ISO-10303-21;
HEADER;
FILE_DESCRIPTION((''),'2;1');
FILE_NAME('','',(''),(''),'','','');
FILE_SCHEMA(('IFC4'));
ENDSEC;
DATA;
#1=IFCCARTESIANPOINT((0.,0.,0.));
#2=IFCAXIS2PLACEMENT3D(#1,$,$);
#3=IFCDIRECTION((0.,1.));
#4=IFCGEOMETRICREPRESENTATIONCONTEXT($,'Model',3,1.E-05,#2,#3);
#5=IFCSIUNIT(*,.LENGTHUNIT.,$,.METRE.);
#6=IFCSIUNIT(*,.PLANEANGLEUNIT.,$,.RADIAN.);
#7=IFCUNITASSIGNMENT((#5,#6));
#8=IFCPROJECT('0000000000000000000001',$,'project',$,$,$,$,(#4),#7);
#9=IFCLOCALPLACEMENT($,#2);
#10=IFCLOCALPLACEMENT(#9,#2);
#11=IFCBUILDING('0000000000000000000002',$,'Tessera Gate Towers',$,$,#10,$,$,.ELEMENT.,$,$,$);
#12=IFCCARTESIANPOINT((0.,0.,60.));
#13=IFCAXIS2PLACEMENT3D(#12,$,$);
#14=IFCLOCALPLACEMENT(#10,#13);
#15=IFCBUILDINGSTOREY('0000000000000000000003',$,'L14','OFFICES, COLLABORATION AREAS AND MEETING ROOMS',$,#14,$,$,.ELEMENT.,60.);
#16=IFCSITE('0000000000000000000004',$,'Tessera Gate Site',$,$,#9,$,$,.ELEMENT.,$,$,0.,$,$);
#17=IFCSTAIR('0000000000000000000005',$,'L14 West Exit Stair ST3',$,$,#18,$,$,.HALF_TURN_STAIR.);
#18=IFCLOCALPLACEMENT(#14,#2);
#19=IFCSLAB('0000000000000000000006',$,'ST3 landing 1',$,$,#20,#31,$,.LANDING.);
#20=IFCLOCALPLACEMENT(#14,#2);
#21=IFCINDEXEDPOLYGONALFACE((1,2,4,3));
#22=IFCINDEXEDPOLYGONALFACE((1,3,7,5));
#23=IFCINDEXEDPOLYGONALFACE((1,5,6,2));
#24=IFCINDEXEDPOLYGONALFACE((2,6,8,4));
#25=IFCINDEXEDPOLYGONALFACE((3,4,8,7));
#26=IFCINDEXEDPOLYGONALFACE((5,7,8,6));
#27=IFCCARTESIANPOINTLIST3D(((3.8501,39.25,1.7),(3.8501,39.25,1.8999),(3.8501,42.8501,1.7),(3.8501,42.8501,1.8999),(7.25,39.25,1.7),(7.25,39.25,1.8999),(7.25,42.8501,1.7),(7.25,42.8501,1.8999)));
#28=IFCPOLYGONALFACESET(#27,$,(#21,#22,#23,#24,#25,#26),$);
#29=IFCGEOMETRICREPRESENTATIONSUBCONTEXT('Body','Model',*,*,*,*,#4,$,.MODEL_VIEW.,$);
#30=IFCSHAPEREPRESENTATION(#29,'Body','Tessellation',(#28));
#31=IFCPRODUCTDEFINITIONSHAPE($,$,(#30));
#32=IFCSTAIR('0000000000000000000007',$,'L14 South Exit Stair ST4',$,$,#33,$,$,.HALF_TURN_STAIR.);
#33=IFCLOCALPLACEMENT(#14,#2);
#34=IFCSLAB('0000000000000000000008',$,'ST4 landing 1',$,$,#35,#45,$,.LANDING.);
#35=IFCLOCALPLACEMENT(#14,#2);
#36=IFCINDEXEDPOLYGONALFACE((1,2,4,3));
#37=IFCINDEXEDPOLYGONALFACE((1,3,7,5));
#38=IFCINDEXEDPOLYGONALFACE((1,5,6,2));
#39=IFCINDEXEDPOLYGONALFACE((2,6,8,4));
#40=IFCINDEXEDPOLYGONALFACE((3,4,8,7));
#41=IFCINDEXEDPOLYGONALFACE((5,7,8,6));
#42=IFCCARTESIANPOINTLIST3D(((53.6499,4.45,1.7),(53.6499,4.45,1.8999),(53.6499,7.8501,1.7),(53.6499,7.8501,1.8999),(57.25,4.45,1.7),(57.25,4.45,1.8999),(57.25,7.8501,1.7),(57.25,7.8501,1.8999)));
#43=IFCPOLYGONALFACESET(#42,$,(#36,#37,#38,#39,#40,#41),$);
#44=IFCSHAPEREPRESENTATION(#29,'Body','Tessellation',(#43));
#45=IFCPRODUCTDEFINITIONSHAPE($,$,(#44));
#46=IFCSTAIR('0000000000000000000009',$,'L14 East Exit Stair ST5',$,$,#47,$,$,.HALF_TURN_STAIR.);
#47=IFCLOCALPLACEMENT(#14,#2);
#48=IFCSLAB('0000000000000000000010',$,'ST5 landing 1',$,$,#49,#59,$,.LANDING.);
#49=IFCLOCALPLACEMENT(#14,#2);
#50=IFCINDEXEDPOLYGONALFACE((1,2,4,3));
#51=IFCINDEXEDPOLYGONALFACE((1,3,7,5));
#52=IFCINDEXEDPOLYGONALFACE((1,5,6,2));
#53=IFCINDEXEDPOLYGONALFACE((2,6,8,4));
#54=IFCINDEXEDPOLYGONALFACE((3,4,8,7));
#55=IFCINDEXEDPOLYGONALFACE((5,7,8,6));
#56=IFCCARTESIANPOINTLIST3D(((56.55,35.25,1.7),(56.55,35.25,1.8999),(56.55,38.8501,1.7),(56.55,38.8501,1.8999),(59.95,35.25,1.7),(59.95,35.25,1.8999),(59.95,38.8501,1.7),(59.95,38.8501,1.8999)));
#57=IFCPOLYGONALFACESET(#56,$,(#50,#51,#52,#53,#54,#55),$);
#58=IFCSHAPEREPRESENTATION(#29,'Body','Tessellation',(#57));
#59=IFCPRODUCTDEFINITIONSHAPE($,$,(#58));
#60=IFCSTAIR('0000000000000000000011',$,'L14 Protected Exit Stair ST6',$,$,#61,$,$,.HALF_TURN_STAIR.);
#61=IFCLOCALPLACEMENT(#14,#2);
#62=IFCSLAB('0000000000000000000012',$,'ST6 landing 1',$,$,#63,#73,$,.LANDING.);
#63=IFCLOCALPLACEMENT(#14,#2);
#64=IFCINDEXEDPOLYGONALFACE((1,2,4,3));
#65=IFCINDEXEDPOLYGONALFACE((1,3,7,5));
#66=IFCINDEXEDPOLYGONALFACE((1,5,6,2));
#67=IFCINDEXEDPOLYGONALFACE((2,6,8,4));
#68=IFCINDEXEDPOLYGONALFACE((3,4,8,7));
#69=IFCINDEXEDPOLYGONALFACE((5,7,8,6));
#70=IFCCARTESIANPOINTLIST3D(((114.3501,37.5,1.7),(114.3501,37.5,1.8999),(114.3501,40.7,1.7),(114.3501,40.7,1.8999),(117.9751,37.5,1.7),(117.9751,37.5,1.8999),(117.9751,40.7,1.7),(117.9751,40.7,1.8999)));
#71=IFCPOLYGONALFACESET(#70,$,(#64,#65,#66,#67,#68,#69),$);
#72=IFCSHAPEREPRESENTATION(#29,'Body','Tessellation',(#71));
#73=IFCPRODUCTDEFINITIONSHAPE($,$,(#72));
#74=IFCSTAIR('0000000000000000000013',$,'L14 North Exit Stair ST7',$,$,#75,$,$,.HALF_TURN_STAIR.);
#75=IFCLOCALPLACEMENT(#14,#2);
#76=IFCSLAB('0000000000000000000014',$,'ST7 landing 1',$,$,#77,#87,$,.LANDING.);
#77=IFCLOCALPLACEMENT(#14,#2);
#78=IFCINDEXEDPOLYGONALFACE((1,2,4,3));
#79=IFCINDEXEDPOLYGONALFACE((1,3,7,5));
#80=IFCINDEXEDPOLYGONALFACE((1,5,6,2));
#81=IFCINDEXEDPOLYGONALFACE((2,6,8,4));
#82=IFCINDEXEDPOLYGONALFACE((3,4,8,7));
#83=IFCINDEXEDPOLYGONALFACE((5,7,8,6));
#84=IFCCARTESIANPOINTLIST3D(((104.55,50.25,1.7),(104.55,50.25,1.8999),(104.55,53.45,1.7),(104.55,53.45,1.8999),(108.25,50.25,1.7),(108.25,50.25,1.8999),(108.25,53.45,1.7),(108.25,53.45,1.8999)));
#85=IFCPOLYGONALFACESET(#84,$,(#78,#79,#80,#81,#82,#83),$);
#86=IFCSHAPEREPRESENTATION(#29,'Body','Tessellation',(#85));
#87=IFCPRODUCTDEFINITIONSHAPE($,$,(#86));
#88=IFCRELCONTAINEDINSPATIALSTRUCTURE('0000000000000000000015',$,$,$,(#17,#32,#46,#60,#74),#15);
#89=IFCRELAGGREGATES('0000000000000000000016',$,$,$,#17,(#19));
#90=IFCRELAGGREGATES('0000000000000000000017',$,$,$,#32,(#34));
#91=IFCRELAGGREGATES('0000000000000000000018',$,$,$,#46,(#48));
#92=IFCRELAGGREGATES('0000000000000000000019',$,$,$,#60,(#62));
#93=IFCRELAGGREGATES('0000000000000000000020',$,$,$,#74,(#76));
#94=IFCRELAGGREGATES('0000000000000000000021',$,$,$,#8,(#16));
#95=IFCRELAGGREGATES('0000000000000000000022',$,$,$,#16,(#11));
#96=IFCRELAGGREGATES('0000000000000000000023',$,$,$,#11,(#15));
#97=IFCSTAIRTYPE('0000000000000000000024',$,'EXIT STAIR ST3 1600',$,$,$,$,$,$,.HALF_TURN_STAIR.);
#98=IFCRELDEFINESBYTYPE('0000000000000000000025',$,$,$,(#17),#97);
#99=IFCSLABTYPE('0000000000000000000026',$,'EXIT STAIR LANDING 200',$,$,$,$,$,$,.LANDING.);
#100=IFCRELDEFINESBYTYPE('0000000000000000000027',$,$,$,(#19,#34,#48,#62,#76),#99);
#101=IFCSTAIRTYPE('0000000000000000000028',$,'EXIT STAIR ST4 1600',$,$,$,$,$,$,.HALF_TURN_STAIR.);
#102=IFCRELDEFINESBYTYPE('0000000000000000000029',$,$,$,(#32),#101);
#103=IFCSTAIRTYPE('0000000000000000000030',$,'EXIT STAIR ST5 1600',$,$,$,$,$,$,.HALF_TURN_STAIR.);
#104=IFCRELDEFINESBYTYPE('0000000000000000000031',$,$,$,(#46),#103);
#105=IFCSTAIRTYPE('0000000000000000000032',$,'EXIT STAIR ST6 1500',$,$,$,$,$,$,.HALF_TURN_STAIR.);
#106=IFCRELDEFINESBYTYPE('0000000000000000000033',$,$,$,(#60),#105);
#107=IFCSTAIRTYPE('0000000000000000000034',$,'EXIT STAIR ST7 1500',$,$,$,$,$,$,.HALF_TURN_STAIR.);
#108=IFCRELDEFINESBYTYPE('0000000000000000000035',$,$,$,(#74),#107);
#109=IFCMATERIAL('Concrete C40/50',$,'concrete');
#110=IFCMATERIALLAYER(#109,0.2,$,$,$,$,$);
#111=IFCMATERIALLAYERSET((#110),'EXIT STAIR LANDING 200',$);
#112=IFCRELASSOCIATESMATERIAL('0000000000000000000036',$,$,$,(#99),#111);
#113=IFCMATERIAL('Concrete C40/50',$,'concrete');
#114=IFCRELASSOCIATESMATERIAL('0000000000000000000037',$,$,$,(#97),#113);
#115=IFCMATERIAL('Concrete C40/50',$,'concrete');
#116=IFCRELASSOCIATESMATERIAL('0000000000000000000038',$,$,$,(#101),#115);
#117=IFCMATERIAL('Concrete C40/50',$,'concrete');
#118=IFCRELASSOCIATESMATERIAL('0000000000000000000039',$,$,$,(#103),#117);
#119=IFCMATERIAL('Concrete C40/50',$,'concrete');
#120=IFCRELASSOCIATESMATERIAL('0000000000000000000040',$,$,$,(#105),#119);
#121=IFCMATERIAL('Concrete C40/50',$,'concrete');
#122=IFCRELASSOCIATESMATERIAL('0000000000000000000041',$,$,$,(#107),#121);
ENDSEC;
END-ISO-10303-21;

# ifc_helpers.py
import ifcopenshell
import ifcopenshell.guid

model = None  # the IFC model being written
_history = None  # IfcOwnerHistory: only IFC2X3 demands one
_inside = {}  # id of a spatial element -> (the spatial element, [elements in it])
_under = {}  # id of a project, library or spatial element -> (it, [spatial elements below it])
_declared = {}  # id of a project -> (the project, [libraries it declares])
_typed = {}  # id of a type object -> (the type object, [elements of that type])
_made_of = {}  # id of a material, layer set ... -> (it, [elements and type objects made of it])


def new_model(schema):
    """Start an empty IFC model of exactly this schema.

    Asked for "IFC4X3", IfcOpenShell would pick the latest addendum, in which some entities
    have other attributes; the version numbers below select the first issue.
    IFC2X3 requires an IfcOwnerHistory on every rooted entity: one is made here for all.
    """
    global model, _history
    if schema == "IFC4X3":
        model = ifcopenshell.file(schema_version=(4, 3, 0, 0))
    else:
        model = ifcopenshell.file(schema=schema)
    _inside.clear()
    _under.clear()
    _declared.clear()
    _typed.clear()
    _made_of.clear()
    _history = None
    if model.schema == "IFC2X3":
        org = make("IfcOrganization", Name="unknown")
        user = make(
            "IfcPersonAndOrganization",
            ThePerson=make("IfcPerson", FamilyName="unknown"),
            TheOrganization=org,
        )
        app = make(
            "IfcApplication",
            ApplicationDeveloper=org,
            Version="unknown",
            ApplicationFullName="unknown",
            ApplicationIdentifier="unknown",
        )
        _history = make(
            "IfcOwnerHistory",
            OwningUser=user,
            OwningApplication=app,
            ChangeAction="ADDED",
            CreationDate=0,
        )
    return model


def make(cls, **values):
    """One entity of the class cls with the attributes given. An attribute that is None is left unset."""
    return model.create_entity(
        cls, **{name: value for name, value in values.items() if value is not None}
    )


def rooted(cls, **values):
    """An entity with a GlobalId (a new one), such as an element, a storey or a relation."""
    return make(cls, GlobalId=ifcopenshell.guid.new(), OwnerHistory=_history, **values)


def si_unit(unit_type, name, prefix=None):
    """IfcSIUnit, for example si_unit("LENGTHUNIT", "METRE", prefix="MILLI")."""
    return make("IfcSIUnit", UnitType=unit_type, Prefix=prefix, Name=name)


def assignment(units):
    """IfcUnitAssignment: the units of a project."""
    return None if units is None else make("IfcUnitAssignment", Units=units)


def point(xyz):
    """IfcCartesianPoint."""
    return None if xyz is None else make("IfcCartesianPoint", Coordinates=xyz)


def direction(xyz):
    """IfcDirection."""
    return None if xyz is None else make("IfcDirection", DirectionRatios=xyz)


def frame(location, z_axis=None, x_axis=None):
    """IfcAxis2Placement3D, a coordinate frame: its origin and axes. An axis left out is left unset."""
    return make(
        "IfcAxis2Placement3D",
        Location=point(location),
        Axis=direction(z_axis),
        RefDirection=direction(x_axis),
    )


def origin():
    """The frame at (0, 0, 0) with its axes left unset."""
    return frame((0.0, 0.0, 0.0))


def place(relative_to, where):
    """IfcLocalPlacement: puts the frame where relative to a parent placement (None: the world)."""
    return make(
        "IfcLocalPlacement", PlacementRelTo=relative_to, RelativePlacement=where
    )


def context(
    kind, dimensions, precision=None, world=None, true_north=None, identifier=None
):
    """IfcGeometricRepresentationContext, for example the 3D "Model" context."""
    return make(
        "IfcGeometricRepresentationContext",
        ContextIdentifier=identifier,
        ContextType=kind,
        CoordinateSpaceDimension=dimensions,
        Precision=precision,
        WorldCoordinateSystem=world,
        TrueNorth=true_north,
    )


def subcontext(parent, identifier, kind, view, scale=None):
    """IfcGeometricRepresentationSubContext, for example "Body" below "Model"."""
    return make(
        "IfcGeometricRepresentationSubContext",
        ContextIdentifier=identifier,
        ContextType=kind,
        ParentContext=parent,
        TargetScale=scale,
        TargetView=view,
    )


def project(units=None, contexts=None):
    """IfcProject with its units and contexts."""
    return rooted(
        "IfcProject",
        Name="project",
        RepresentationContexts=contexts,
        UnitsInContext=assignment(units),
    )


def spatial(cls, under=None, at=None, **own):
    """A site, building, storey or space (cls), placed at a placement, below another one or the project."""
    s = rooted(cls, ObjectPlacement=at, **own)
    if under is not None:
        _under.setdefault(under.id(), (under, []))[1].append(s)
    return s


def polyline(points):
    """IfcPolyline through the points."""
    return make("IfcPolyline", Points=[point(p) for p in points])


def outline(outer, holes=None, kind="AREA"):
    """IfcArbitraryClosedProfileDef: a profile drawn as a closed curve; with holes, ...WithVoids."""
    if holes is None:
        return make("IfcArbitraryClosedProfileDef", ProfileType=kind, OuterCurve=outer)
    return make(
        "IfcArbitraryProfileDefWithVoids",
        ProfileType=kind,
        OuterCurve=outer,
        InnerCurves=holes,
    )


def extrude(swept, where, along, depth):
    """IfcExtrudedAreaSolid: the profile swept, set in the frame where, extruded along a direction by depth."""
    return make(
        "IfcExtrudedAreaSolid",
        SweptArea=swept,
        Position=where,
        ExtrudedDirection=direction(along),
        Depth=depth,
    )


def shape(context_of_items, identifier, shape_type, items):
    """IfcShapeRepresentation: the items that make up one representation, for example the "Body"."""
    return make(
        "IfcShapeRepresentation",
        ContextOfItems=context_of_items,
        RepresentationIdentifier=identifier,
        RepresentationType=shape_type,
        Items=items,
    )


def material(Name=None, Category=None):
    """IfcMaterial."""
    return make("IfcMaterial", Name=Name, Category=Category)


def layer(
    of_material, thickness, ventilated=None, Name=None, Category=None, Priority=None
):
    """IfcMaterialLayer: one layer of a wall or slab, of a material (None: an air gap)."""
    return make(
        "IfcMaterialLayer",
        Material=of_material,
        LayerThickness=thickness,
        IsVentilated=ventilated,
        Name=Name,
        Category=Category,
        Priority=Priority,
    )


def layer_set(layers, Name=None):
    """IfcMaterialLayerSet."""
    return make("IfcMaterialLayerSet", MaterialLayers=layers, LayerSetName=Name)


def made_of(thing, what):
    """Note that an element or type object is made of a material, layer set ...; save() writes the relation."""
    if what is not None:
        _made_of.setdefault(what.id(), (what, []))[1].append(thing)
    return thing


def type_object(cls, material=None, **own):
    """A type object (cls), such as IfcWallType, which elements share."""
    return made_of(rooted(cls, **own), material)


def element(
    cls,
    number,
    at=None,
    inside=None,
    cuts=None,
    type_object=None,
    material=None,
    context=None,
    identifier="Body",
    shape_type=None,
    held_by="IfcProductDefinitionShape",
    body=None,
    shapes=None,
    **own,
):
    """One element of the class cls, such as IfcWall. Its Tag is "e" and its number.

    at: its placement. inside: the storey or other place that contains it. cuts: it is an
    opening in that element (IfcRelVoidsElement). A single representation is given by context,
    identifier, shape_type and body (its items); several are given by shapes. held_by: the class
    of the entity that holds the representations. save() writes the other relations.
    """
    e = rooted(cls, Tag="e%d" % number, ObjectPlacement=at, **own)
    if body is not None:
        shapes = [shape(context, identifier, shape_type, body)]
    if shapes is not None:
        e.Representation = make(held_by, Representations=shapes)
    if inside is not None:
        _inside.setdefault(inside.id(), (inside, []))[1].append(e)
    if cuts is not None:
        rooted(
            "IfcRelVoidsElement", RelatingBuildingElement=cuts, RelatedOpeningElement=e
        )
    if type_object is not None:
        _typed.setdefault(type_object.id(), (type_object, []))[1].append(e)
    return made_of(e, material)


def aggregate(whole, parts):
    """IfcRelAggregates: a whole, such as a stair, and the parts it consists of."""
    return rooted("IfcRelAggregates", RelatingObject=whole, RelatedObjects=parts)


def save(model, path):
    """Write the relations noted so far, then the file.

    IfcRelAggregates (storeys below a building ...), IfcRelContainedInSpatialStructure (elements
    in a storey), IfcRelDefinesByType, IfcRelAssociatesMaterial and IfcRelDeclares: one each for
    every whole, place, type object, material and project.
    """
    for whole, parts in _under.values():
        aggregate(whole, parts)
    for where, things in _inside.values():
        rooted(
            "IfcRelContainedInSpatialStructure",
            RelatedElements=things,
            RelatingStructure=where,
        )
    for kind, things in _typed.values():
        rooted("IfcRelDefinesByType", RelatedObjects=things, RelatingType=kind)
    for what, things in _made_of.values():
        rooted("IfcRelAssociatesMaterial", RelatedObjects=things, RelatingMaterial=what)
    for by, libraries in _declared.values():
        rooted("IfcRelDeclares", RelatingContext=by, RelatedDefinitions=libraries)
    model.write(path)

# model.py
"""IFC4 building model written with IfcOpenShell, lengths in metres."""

from ifc_helpers import new_model, si_unit, direction, frame, origin, place, context, subcontext, project, spatial, polyline, outline, extrude, material, layer, layer_set, type_object, element, aggregate, save


model = new_model("IFC4")

# Units and contexts
model_context = context("Model", 3, precision=1e-05, world=origin(), true_north=direction((0.0, 1.0)))
body_context = subcontext(model_context, "Body", "Model", "MODEL_VIEW")
ifc_project = project(units=[si_unit("LENGTHUNIT", "METRE"), si_unit("PLANEANGLEUNIT", "RADIAN")], contexts=[model_context])

# Site, building, storey
site_placement = place(None, origin())
site = spatial("IfcSite", under=ifc_project, at=site_placement, Name="Tessera Gate Site", CompositionType="ELEMENT", RefElevation=0.0)
building_placement = place(site_placement, origin())
building = spatial("IfcBuilding", under=site, at=building_placement, Name="Tessera Gate Towers", CompositionType="ELEMENT")
storey_placement = place(building_placement, frame((0.0, 0.0, 60.0)))
storey = spatial("IfcBuildingStorey", under=building, at=storey_placement, Name="L14", Description="OFFICES, COLLABORATION AREAS AND MEETING ROOMS", CompositionType="ELEMENT", Elevation=60.0)

# Stairs, slabs
ifc_material_1 = material(Name="Concrete C40/50", Category="concrete")
ifc_layer_1 = layer(ifc_material_1, 0.2)
ifc_layer_set_1 = layer_set([ifc_layer_1], Name="EXIT STAIR LANDING 200")
slab_type_1 = type_object("IfcSlabType", Name="EXIT STAIR LANDING 200", PredefinedType="LANDING", material=ifc_layer_set_1)
ifc_material_2 = material(Name="Concrete C40/50", Category="concrete")
stair_type_1 = type_object("IfcStairType", Name="EXIT STAIR ST3 1600", PredefinedType="HALF_TURN_STAIR", material=ifc_material_2)
stair_1_placement = place(storey_placement, origin())
stair_1 = element("IfcStair", 1, at=stair_1_placement, inside=storey, type_object=stair_type_1, Name="L14 West Exit Stair ST3", PredefinedType="HALF_TURN_STAIR")
slab_1_placement = place(storey_placement, frame((0.0, 0.0, 1.7)))
slab_1 = element("IfcSlab", 2, at=slab_1_placement, type_object=slab_type_1, Name="ST3 landing 1", PredefinedType="LANDING", context=body_context, shape_type="SweptSolid", body=[
    extrude(outline(polyline([(3.8501, 42.8501), (3.8501, 39.25), (7.25, 39.25), (7.25, 42.8501), (3.8501, 42.8501)])), origin(), (0.0, 0.0, 1.0), 0.2),
])
aggregate(stair_1, [slab_1])
ifc_material_3 = material(Name="Concrete C40/50", Category="concrete")
stair_type_2 = type_object("IfcStairType", Name="EXIT STAIR ST4 1600", PredefinedType="HALF_TURN_STAIR", material=ifc_material_3)
stair_2_placement = place(storey_placement, origin())
stair_2 = element("IfcStair", 3, at=stair_2_placement, inside=storey, type_object=stair_type_2, Name="L14 South Exit Stair ST4", PredefinedType="HALF_TURN_STAIR")
slab_2_placement = place(storey_placement, frame((0.0, 0.0, 1.7)))
slab_2 = element("IfcSlab", 4, at=slab_2_placement, type_object=slab_type_1, Name="ST4 landing 1", PredefinedType="LANDING", context=body_context, shape_type="SweptSolid", body=[
    extrude(outline(polyline([(53.6499, 4.45), (57.25, 4.45), (57.25, 7.8501), (53.6499, 7.8501), (53.6499, 4.45)])), origin(), (0.0, 0.0, 1.0), 0.2),
])
aggregate(stair_2, [slab_2])
ifc_material_4 = material(Name="Concrete C40/50", Category="concrete")
stair_type_3 = type_object("IfcStairType", Name="EXIT STAIR ST5 1600", PredefinedType="HALF_TURN_STAIR", material=ifc_material_4)
stair_3_placement = place(storey_placement, origin())
stair_3 = element("IfcStair", 5, at=stair_3_placement, inside=storey, type_object=stair_type_3, Name="L14 East Exit Stair ST5", PredefinedType="HALF_TURN_STAIR")
slab_3_placement = place(storey_placement, frame((0.0, 0.0, 1.7)))
slab_3 = element("IfcSlab", 6, at=slab_3_placement, type_object=slab_type_1, Name="ST5 landing 1", PredefinedType="LANDING", context=body_context, shape_type="SweptSolid", body=[
    extrude(outline(polyline([(59.95, 35.25), (59.95, 38.8501), (56.55, 38.8501), (56.55, 35.25), (59.95, 35.25)])), origin(), (0.0, 0.0, 1.0), 0.2),
])
aggregate(stair_3, [slab_3])
ifc_material_5 = material(Name="Concrete C40/50", Category="concrete")
stair_type_4 = type_object("IfcStairType", Name="EXIT STAIR ST6 1500", PredefinedType="HALF_TURN_STAIR", material=ifc_material_5)
stair_4_placement = place(storey_placement, origin())
stair_4 = element("IfcStair", 7, at=stair_4_placement, inside=storey, type_object=stair_type_4, Name="L14 Protected Exit Stair ST6", PredefinedType="HALF_TURN_STAIR")
slab_4_placement = place(storey_placement, frame((0.0, 0.0, 1.7)))
slab_4 = element("IfcSlab", 8, at=slab_4_placement, type_object=slab_type_1, Name="ST6 landing 1", PredefinedType="LANDING", context=body_context, shape_type="SweptSolid", body=[
    extrude(outline(polyline([(114.3501, 37.5), (117.9751, 37.5), (117.9751, 40.7), (114.3501, 40.7), (114.3501, 37.5)])), origin(), (0.0, 0.0, 1.0), 0.2),
])
aggregate(stair_4, [slab_4])
ifc_material_6 = material(Name="Concrete C40/50", Category="concrete")
stair_type_5 = type_object("IfcStairType", Name="EXIT STAIR ST7 1500", PredefinedType="HALF_TURN_STAIR", material=ifc_material_6)
stair_5_placement = place(storey_placement, origin())
stair_5 = element("IfcStair", 9, at=stair_5_placement, inside=storey, type_object=stair_type_5, Name="L14 North Exit Stair ST7", PredefinedType="HALF_TURN_STAIR")
slab_5_placement = place(storey_placement, frame((0.0, 0.0, 1.7)))
slab_5 = element("IfcSlab", 10, at=slab_5_placement, type_object=slab_type_1, Name="ST7 landing 1", PredefinedType="LANDING", context=body_context, shape_type="SweptSolid", body=[
    extrude(outline(polyline([(104.55, 50.25), (108.25, 50.25), (108.25, 53.45), (104.55, 53.45), (104.55, 50.25)])), origin(), (0.0, 0.0, 1.0), 0.2),
])
aggregate(stair_5, [slab_5])

save(model, "model.ifc")
